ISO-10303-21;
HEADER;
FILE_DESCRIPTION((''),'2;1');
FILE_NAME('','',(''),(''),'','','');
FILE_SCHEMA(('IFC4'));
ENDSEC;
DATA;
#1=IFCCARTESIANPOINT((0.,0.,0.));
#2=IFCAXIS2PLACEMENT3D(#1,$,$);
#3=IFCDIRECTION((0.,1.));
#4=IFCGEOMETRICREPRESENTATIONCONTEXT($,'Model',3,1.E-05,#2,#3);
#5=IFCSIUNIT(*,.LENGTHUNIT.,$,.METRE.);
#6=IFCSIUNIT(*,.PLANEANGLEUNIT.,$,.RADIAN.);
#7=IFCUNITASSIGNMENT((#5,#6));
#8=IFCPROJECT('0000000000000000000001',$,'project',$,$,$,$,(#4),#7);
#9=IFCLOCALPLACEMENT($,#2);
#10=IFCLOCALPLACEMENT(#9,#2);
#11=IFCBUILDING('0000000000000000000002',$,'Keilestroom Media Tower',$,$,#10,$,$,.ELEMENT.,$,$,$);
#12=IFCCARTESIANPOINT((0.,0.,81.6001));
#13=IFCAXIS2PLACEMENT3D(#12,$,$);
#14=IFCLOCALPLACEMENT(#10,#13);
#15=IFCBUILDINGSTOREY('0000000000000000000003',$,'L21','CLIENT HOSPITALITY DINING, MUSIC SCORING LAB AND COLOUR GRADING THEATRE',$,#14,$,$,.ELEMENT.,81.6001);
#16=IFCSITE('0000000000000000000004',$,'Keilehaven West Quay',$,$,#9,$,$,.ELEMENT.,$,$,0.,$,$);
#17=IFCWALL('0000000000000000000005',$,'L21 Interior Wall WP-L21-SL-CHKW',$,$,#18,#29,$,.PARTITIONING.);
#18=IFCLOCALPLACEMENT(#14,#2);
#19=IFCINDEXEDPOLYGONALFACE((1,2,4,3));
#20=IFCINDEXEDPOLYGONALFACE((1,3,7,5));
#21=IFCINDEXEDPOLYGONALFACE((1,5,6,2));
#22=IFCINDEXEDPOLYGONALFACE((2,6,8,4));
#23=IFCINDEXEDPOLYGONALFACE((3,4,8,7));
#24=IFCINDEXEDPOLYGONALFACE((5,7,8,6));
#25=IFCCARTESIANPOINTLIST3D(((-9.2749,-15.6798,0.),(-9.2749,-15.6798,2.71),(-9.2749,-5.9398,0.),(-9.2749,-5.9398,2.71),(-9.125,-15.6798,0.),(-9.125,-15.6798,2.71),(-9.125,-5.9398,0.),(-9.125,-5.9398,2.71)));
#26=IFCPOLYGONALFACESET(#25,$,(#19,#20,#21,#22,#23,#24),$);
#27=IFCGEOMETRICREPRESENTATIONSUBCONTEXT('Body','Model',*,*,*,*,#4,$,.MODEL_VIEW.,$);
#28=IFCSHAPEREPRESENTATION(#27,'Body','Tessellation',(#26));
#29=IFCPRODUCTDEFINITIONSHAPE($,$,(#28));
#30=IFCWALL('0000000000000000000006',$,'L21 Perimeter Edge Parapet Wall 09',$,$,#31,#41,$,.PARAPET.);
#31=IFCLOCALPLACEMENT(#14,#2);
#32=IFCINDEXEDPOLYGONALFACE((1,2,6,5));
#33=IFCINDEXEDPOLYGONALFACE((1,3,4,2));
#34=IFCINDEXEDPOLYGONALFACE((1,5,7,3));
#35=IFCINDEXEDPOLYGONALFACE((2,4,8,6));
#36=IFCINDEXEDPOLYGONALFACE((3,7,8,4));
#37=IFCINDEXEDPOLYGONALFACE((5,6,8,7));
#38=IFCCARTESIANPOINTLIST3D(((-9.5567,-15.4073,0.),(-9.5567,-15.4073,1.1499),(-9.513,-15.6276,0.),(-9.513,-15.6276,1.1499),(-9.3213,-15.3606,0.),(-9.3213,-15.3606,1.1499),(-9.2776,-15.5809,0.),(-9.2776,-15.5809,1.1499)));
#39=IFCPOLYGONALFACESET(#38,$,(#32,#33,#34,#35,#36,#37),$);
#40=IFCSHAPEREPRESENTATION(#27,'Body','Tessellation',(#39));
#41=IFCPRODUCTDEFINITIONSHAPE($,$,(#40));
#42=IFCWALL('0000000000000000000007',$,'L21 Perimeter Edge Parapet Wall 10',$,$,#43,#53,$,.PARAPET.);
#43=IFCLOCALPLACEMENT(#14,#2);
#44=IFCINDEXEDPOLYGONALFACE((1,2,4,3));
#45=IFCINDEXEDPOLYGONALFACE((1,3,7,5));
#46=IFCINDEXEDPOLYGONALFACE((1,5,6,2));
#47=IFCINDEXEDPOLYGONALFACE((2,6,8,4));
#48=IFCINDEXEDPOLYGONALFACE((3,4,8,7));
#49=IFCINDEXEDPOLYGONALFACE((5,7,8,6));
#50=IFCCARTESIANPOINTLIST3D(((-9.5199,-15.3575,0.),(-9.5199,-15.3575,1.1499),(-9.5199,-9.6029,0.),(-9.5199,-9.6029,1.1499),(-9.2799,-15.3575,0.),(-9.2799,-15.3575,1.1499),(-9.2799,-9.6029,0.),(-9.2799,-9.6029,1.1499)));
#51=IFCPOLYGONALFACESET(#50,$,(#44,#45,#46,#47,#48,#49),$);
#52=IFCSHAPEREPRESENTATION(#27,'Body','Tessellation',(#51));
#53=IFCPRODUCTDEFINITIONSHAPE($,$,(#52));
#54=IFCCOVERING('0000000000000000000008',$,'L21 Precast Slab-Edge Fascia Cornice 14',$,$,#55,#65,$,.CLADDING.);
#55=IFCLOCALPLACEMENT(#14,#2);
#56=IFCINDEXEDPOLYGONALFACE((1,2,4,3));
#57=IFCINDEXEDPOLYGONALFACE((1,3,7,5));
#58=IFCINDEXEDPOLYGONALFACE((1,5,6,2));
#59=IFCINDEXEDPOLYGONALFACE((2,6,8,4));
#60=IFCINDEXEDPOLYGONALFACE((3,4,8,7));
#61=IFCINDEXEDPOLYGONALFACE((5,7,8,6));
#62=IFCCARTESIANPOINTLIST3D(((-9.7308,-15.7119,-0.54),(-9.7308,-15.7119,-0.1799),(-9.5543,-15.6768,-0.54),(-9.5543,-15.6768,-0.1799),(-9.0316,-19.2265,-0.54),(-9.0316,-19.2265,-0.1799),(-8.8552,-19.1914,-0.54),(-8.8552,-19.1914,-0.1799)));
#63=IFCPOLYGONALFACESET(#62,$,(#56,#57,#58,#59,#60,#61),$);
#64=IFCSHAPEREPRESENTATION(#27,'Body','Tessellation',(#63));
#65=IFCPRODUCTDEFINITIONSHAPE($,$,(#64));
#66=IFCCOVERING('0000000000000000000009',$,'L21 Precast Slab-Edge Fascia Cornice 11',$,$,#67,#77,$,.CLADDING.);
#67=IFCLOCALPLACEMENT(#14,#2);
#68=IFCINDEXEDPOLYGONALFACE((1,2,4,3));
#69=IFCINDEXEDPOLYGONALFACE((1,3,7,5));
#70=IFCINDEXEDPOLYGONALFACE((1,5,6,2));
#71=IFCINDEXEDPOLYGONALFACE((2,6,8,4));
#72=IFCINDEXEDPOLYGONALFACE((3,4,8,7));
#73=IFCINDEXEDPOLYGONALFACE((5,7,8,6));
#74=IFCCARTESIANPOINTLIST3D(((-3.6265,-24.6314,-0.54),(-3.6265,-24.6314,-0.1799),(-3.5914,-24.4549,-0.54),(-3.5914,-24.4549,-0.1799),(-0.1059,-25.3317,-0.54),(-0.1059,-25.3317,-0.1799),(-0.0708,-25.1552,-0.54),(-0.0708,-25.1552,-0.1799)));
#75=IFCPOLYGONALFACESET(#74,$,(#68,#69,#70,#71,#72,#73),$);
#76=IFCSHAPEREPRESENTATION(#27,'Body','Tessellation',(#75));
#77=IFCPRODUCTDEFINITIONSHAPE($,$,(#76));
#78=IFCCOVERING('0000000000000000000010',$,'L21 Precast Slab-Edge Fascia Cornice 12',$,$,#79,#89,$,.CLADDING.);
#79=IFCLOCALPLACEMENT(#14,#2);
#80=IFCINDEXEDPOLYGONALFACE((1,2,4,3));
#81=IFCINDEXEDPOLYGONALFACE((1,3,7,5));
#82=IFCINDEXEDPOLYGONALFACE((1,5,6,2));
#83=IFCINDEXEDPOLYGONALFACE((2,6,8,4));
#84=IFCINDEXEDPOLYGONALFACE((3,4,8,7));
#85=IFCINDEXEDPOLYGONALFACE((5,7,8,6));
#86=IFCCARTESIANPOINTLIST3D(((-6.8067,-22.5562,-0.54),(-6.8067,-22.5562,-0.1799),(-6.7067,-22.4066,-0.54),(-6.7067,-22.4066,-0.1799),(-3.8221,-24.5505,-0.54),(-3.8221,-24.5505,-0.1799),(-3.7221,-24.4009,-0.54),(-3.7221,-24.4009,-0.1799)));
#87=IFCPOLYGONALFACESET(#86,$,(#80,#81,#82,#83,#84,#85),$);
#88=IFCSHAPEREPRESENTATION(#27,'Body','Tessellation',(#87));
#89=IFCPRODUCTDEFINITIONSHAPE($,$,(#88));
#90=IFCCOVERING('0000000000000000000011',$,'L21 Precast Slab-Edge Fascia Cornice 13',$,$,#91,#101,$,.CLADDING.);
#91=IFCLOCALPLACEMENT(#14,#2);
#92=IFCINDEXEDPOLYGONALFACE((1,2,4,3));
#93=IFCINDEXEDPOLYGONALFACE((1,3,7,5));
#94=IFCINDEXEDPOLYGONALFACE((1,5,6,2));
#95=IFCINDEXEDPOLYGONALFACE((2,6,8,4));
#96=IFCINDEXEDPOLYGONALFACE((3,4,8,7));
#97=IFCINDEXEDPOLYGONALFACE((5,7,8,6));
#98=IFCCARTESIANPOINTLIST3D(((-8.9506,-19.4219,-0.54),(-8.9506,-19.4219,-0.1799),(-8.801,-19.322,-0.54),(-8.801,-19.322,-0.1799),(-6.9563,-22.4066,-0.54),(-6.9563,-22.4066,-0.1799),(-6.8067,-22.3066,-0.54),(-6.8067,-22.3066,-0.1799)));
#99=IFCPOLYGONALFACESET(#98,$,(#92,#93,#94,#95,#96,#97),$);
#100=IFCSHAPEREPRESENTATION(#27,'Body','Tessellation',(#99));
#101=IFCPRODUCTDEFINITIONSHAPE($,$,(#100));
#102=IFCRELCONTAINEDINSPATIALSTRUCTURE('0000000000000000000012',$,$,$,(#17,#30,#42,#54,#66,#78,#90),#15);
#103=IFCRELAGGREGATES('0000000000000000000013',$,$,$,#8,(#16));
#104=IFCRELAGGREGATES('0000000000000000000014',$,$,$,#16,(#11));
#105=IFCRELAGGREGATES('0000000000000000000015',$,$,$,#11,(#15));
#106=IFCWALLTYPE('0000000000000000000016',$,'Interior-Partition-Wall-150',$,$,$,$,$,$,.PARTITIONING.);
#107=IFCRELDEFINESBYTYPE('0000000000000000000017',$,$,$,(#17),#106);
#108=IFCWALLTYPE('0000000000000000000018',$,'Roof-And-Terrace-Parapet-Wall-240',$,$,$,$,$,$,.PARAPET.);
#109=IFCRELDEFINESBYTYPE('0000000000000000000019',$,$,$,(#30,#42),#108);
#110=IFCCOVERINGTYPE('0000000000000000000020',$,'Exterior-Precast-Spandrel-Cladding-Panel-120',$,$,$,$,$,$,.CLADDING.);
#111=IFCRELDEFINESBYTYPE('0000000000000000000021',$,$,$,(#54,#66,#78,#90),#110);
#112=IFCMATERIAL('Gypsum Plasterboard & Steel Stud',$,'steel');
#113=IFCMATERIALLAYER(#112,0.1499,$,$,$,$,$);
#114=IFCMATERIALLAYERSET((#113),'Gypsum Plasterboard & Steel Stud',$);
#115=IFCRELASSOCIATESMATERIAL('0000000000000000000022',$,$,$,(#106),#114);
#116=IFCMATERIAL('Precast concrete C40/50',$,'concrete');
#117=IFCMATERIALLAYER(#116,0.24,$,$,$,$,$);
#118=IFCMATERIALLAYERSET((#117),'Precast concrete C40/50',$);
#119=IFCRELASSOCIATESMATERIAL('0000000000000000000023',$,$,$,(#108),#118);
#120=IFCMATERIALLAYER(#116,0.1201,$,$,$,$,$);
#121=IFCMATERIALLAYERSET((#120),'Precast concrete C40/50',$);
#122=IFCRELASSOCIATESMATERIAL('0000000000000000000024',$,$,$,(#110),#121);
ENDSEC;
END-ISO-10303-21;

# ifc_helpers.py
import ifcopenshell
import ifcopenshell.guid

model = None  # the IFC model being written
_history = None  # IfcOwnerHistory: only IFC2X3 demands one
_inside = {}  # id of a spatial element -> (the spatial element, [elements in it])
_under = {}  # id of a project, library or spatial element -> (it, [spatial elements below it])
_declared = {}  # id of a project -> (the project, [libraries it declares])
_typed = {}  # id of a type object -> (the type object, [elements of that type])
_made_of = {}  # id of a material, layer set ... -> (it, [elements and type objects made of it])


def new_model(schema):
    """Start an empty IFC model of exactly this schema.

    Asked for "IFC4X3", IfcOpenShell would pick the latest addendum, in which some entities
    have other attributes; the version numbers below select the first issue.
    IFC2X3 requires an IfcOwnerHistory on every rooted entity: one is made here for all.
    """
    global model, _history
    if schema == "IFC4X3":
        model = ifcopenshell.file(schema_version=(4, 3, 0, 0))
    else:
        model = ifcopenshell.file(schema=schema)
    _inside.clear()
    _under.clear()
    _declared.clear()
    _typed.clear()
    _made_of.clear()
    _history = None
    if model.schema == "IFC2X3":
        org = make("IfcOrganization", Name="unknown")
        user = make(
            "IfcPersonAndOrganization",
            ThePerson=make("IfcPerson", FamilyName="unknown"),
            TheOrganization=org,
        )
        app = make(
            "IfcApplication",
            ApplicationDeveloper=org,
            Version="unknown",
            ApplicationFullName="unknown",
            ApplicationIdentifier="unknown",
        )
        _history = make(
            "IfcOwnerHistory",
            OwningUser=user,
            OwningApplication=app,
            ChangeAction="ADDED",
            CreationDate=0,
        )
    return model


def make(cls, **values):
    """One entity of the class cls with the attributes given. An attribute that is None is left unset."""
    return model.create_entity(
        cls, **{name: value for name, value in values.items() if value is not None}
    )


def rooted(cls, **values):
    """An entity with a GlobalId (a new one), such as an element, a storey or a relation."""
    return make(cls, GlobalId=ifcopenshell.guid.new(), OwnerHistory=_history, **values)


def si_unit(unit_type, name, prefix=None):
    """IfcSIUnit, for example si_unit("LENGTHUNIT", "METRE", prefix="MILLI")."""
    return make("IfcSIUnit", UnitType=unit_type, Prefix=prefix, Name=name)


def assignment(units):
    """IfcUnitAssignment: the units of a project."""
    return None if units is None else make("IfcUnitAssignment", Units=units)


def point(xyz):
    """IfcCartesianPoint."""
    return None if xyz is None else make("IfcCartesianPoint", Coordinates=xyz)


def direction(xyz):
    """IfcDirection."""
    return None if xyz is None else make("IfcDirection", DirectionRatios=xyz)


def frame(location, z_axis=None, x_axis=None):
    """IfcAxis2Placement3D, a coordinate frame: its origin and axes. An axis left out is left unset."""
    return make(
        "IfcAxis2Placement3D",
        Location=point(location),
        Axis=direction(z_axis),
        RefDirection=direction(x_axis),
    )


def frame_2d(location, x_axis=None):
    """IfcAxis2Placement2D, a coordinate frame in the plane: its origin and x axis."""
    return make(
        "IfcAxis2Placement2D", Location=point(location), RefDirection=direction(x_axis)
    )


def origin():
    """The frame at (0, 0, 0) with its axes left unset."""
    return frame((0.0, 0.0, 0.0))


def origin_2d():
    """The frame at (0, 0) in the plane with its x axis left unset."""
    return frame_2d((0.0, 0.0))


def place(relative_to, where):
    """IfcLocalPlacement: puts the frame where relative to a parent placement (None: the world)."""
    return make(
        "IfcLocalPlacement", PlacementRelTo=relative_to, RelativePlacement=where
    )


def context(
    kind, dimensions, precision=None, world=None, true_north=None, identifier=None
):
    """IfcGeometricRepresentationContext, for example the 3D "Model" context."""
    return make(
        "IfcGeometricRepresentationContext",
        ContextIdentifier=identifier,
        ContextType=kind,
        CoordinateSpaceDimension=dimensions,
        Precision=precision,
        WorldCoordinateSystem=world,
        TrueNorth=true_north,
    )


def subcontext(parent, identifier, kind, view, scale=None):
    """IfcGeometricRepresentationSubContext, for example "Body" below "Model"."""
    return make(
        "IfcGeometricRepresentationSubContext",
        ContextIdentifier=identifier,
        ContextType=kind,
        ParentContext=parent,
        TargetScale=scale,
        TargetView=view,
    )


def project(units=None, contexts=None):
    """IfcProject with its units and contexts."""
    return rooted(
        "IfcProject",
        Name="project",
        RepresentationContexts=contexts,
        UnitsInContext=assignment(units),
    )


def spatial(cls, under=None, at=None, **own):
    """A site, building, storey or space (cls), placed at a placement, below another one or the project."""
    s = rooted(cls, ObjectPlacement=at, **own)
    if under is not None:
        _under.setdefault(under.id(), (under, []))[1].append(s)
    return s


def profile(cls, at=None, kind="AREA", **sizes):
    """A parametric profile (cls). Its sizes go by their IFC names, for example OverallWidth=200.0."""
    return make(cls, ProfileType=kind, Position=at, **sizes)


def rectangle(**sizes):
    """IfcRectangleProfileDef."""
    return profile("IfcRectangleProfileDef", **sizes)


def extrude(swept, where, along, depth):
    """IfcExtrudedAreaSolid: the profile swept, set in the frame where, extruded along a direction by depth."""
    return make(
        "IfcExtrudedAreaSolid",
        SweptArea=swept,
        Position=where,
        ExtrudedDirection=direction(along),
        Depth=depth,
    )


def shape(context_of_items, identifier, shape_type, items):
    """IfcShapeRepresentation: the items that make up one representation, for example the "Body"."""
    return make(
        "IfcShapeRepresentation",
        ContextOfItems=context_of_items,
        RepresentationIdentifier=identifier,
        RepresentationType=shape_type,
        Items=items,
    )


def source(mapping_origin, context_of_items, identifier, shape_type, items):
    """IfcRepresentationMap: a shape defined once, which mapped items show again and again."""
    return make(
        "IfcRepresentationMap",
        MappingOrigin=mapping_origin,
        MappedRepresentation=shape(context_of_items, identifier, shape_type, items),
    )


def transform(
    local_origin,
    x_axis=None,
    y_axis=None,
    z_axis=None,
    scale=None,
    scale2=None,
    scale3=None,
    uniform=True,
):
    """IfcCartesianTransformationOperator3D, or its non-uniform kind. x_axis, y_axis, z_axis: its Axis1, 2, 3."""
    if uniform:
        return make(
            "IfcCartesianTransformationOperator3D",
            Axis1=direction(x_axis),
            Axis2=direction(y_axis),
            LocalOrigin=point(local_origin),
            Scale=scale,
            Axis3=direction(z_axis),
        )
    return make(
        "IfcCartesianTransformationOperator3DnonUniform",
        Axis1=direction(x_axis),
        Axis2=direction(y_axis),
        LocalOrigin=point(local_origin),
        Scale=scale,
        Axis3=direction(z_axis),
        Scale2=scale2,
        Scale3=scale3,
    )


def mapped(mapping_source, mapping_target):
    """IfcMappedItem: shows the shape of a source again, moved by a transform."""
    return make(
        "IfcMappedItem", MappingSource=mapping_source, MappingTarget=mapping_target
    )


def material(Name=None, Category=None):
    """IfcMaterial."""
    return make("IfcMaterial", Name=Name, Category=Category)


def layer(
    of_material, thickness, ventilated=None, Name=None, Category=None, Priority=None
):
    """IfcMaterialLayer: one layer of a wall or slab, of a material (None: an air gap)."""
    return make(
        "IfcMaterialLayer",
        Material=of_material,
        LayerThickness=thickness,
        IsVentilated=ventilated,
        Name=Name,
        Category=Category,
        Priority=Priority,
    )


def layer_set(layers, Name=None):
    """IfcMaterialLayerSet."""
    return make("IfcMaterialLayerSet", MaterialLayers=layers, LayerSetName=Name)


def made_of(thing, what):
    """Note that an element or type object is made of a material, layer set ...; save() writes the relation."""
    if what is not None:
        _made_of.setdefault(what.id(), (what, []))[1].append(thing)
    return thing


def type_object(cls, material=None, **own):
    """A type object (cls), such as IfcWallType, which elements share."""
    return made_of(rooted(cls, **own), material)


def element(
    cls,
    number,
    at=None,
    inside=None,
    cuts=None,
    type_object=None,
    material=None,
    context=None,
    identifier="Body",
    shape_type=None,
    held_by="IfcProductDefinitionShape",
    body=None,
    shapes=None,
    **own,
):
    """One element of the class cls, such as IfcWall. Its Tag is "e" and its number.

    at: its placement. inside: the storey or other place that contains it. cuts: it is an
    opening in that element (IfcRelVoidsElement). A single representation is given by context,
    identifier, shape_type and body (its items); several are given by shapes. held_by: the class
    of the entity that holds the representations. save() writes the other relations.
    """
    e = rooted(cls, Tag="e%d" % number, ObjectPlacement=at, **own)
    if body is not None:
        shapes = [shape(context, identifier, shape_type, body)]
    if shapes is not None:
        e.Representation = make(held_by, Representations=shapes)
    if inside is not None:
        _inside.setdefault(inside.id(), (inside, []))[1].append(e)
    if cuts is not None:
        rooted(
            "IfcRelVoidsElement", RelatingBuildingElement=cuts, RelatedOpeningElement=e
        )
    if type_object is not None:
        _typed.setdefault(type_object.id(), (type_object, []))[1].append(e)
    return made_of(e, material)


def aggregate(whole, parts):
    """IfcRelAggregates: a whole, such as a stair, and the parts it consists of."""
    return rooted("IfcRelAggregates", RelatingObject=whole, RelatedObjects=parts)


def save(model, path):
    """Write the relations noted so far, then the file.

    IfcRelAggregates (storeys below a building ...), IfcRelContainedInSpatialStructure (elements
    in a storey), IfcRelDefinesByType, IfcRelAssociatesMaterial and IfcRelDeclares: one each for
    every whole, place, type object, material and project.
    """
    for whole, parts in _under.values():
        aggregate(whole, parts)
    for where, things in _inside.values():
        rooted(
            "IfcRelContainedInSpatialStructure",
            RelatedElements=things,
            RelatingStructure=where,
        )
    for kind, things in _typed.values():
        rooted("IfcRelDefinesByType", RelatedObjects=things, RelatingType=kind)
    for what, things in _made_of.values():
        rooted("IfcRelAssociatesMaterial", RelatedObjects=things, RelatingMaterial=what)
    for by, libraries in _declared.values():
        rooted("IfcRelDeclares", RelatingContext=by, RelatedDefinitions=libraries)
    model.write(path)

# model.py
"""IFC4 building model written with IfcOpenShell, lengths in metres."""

from ifc_helpers import new_model, si_unit, direction, frame, frame_2d, origin, origin_2d, place, context, subcontext, project, spatial, rectangle, extrude, source, transform, mapped, material, layer, layer_set, type_object, element, save


model = new_model("IFC4")

# Units and contexts
model_context = context("Model", 3, precision=1e-05, world=origin(), true_north=direction((0.0, 1.0)))
body_context = subcontext(model_context, "Body", "Model", "MODEL_VIEW")
ifc_project = project(units=[si_unit("LENGTHUNIT", "METRE"), si_unit("PLANEANGLEUNIT", "RADIAN")], contexts=[model_context])

# Site, building, storey
site_placement = place(None, origin())
site = spatial("IfcSite", under=ifc_project, at=site_placement, Name="Keilehaven West Quay", CompositionType="ELEMENT", RefElevation=0.0)
building_placement = place(site_placement, origin())
building = spatial("IfcBuilding", under=site, at=building_placement, Name="Keilestroom Media Tower", CompositionType="ELEMENT")
storey_placement = place(building_placement, frame((0.0, 0.0, 81.6001)))
storey = spatial("IfcBuildingStorey", under=building, at=storey_placement, Name="L21", Description="CLIENT HOSPITALITY DINING, MUSIC SCORING LAB AND COLOUR GRADING THEATRE", CompositionType="ELEMENT", Elevation=81.6001)

# Walls
ifc_material_1 = material(Name="Precast concrete C40/50", Category="concrete")
ifc_material_2 = material(Name="Gypsum Plasterboard & Steel Stud", Category="steel")
ifc_layer_1 = layer(ifc_material_2, 0.1499)
ifc_layer_set_1 = layer_set([ifc_layer_1], Name="Gypsum Plasterboard & Steel Stud")
wall_type_1 = type_object("IfcWallType", Name="Interior-Partition-Wall-150", PredefinedType="PARTITIONING", material=ifc_layer_set_1)
wall_1_placement = place(storey_placement, frame((-9.2, -15.6799, 0.0), z_axis=(0.0, 0.0, 1.0), x_axis=(0.0, 1.0, 0.0)))
element("IfcWall", 1, at=wall_1_placement, inside=storey, type_object=wall_type_1, Name="L21 Interior Wall WP-L21-SL-CHKW", PredefinedType="PARTITIONING", context=body_context, shape_type="SweptSolid", body=[
    extrude(rectangle(XDim=9.74, YDim=0.1499, at=frame_2d((4.8701, 0.0))), origin(), (0.0, 0.0, 1.0), 2.71),
])
ifc_layer_2 = layer(ifc_material_1, 0.24)
ifc_layer_set_2 = layer_set([ifc_layer_2], Name="Precast concrete C40/50")
wall_type_2 = type_object("IfcWallType", Name="Roof-And-Terrace-Parapet-Wall-240", PredefinedType="PARAPET", material=ifc_layer_set_2)
wall_2_placement = place(storey_placement, frame((-9.3953, -15.6042, 0.0), z_axis=(0.0, 0.0, 1.0), x_axis=(-0.194652, 0.980872, 0.0)))
element("IfcWall", 2, at=wall_2_placement, inside=storey, type_object=wall_type_2, Name="L21 Perimeter Edge Parapet Wall 09", PredefinedType="PARAPET", context=body_context, shape_type="SweptSolid", body=[
    extrude(rectangle(XDim=0.2246, YDim=0.24, at=frame_2d((0.1123, 0.0))), origin(), (0.0, 0.0, 1.0), 1.1499),
])
wall_3_placement = place(storey_placement, frame((-9.3999, -15.3577, 0.0), z_axis=(0.0, 0.0, 1.0), x_axis=(0.0, 1.0, 0.0)))
element("IfcWall", 3, at=wall_3_placement, inside=storey, type_object=wall_type_2, Name="L21 Perimeter Edge Parapet Wall 10", PredefinedType="PARAPET", context=body_context, shape_type="SweptSolid", body=[
    extrude(rectangle(XDim=5.7546, YDim=0.24, at=frame_2d((2.8774, 0.0))), origin(), (0.0, 0.0, 1.0), 1.1499),
])

# Coverings
ifc_layer_3 = layer(ifc_material_1, 0.1201)
ifc_layer_set_3 = layer_set([ifc_layer_3], Name="Precast concrete C40/50")
covering_type = type_object("IfcCoveringType", Name="Exterior-Precast-Spandrel-Cladding-Panel-120", PredefinedType="CLADDING", material=ifc_layer_set_3)
shared_shape_1 = source(origin(), body_context, "Body", "SweptSolid", [
    extrude(rectangle(XDim=3.5835, YDim=0.1799, at=origin_2d()), origin(), (0.0, 0.0, 1.0), 0.3601),
])
covering_placement = place(storey_placement, frame((-9.293, -17.4517, -0.54), z_axis=(0.0, 0.0, 1.0), x_axis=(-0.195099, 0.980784, 0.0)))
element("IfcCovering", 4, at=covering_placement, inside=storey, type_object=covering_type, Name="L21 Precast Slab-Edge Fascia Cornice 14", PredefinedType="CLADDING", context=body_context, shape_type="MappedRepresentation", body=[
    mapped(shared_shape_1, transform((0.0, 0.0, 0.0), x_axis=(1.0, 0.0, 0.0), y_axis=(0.0, 1.0, 0.0), z_axis=(0.0, 0.0, 1.0), scale=1.0)),
])
shared_shape_2 = source(origin(), body_context, "Body", "SweptSolid", [
    extrude(rectangle(XDim=3.5896, YDim=0.1799, at=origin_2d()), origin(), (0.0, 0.0, 1.0), 0.3601),
])
for number, where, z_axis, x_axis, name in (
    (5, (-1.8486, -24.8933, -0.54), (0.0, 0.0, 1.0), (-0.980784, 0.195099, 0.0), "L21 Precast Slab-Edge Fascia Cornice 11"),
    (6, (-5.2644, -23.4785, -0.54), (0.0, 0.0, 1.0), (-0.831467, 0.555575, 0.0), "L21 Precast Slab-Edge Fascia Cornice 12"),
    (7, (-7.8787, -20.8643, -0.54), (0.0, 0.0, 1.0), (-0.555575, 0.831467, 0.0), "L21 Precast Slab-Edge Fascia Cornice 13"),
):
    element("IfcCovering", number, at=place(storey_placement, frame(where, z_axis=z_axis, x_axis=x_axis)), inside=storey, type_object=covering_type, Name=name, PredefinedType="CLADDING", context=body_context, shape_type="MappedRepresentation", body=[
        mapped(shared_shape_2, transform((0.0, 0.0, 0.0), x_axis=(1.0, 0.0, 0.0), y_axis=(0.0, 1.0, 0.0), z_axis=(0.0, 0.0, 1.0), scale=1.0)),
    ])

save(model, "model.ifc")
